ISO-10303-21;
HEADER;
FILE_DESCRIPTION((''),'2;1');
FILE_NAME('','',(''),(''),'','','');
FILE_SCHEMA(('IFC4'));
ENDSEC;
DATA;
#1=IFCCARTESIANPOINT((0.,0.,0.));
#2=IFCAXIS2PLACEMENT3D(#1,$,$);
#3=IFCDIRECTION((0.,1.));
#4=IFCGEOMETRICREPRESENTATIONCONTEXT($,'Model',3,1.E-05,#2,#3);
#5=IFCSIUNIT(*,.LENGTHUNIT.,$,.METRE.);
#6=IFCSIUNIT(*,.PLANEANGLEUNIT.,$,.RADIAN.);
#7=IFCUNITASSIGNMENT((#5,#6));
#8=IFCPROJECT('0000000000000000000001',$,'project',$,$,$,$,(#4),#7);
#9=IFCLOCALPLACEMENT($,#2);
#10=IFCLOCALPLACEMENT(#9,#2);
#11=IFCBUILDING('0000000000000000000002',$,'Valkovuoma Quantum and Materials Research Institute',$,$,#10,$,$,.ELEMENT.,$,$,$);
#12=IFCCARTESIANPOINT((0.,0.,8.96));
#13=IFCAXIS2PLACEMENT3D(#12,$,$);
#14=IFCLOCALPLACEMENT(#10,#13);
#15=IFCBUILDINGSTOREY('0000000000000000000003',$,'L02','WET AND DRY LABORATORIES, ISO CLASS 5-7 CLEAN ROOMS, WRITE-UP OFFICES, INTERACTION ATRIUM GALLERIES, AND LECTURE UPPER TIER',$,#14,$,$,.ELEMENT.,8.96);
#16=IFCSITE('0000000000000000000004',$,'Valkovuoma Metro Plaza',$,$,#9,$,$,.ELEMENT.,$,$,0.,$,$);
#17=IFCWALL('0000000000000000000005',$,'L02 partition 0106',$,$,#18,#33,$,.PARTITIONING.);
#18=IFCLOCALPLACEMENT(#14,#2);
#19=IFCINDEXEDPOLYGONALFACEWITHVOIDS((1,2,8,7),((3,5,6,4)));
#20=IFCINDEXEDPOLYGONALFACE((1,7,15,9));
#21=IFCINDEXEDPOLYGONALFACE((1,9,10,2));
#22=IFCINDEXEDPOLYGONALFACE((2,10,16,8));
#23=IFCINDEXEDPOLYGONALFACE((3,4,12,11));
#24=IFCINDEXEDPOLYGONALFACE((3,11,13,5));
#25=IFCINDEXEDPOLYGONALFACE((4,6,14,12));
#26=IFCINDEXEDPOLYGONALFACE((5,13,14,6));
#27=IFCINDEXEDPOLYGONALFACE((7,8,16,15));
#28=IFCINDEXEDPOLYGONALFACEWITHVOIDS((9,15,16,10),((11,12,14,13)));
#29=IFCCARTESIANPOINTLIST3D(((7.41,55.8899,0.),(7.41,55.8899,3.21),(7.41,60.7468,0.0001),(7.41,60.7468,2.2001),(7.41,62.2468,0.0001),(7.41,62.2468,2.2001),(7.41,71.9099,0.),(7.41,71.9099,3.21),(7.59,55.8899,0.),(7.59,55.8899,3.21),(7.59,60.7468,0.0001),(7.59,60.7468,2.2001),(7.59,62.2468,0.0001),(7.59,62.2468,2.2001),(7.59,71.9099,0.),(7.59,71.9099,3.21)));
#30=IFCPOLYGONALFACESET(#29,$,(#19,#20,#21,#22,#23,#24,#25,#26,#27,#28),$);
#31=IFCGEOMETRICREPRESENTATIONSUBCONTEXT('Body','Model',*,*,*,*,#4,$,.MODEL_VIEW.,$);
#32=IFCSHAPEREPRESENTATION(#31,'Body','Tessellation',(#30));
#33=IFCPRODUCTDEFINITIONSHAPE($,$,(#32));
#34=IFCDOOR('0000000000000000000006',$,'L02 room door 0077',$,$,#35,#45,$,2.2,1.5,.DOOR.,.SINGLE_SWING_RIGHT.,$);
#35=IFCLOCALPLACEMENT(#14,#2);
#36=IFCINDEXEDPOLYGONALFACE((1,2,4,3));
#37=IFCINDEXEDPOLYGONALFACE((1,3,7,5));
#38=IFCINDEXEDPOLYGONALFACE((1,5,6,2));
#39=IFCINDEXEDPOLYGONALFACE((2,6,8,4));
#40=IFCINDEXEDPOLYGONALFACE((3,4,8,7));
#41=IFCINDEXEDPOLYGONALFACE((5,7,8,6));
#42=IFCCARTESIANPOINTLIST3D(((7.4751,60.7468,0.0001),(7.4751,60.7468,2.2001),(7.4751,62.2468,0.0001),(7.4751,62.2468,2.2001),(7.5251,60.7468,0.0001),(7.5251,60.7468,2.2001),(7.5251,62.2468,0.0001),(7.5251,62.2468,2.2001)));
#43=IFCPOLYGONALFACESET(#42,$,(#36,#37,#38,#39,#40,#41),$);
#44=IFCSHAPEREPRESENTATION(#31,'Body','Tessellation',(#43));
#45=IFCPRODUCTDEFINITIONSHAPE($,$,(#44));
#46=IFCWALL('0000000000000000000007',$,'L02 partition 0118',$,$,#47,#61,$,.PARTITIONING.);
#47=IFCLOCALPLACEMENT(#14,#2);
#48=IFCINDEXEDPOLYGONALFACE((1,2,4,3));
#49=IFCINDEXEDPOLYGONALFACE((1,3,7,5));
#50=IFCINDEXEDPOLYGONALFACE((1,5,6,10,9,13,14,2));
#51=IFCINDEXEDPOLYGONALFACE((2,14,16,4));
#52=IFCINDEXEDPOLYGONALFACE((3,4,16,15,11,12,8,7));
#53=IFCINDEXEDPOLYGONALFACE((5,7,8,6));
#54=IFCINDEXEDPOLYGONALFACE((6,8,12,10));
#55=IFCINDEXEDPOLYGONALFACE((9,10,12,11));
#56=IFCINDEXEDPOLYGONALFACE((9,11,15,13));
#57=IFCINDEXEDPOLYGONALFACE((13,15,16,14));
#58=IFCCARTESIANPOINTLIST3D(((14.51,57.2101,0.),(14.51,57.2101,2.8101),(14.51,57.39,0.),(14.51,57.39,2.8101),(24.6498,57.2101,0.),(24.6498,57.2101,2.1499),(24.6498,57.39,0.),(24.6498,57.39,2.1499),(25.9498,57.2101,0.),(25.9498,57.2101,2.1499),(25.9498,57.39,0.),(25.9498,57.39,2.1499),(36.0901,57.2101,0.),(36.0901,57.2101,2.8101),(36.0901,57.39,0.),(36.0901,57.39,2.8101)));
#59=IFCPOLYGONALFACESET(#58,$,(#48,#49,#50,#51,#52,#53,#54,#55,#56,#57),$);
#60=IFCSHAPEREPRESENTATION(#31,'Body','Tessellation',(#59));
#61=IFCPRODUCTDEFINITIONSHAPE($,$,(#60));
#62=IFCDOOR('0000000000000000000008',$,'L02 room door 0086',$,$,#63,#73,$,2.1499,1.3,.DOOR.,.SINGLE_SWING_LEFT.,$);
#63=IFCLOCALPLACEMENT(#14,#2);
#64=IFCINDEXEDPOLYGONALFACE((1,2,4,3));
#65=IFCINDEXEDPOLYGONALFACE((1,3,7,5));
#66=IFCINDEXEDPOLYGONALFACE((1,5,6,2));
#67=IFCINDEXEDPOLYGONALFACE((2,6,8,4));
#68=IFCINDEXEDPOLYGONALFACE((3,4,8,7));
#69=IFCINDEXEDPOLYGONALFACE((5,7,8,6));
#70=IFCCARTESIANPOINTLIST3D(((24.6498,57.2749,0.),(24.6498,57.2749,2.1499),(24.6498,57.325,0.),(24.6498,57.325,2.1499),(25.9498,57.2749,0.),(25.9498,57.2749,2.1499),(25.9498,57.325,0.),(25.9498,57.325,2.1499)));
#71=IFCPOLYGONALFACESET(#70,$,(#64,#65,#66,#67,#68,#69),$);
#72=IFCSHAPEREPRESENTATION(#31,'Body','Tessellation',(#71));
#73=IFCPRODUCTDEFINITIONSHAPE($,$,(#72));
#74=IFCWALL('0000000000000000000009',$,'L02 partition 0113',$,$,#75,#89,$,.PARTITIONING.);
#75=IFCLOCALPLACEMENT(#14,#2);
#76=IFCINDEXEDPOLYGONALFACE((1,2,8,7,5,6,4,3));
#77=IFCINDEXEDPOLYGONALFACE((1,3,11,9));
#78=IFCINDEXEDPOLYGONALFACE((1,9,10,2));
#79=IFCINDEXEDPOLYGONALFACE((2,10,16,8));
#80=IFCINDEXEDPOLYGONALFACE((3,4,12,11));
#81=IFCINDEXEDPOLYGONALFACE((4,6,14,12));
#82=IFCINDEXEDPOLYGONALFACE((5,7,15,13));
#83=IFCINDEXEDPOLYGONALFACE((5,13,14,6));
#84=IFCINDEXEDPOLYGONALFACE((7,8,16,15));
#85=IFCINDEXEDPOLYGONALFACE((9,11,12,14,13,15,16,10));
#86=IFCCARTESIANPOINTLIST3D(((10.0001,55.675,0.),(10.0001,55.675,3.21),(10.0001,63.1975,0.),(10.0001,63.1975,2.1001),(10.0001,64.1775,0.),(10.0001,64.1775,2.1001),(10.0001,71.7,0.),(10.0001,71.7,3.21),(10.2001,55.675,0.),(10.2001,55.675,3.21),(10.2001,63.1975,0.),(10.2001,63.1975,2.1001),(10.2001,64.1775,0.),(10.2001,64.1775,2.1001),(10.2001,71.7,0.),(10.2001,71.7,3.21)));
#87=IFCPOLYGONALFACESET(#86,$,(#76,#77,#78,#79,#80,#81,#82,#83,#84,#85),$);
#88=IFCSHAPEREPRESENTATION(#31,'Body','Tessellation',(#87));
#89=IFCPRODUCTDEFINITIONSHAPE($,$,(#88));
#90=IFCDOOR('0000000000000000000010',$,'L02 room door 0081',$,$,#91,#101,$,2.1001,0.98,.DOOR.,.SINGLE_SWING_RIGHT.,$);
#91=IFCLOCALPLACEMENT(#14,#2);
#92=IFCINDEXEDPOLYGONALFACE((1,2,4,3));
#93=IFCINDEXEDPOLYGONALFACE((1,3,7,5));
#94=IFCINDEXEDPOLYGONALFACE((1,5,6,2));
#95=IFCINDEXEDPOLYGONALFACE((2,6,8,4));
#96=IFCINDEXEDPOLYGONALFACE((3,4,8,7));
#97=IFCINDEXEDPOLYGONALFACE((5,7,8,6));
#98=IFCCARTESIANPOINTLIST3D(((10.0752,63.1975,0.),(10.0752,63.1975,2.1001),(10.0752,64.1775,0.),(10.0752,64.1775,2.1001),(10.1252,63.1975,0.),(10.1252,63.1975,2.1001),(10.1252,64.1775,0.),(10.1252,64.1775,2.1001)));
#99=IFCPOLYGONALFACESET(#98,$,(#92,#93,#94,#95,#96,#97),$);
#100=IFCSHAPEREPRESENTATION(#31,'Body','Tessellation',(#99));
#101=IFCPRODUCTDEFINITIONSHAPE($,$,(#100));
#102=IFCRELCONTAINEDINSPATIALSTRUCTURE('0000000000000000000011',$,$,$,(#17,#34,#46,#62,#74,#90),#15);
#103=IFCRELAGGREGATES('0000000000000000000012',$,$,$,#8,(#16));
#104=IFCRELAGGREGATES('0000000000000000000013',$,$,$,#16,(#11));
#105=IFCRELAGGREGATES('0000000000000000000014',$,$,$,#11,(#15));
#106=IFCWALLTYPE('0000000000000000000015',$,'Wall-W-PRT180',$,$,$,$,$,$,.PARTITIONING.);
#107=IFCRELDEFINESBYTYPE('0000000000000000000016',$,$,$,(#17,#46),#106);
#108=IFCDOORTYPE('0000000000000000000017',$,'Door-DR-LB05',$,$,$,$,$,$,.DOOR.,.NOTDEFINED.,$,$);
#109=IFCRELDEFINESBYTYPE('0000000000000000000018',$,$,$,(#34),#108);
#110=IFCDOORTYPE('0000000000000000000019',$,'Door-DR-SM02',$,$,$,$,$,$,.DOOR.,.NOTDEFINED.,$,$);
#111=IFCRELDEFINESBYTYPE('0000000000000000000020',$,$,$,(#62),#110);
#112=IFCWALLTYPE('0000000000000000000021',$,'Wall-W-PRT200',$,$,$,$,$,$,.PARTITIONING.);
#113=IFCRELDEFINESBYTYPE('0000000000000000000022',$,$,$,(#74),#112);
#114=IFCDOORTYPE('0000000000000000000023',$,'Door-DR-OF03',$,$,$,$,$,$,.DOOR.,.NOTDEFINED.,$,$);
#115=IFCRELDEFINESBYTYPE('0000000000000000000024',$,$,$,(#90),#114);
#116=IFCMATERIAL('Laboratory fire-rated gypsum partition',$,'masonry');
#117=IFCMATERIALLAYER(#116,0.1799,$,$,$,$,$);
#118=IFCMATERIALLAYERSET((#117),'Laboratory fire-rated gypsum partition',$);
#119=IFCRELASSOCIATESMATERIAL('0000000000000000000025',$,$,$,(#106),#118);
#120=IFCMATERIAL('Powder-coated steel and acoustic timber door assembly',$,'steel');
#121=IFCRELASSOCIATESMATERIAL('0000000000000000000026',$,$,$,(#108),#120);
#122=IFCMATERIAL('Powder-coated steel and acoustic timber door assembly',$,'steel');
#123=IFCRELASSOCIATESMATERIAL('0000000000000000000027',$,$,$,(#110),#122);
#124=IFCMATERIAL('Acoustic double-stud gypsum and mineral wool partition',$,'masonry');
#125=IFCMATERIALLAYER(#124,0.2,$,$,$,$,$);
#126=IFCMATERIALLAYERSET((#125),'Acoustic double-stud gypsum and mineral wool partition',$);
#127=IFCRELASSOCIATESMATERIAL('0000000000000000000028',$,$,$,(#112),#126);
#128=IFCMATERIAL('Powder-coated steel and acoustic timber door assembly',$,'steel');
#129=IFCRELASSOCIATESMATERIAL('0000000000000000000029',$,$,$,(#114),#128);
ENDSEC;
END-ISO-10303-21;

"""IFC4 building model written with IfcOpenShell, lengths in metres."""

from ifc_helpers import new_model, si_unit, direction, frame, frame_2d, origin, place, context, subcontext, project, spatial, rectangle, extrude, material, layer, layer_set, type_object, element, fill, save


model = new_model("IFC4")

# Units and contexts
model_context = context("Model", 3, precision=1e-05, world=origin(), true_north=direction((0.0, 1.0)))
body_context = subcontext(model_context, "Body", "Model", "MODEL_VIEW")
ifc_project = project(units=[si_unit("LENGTHUNIT", "METRE"), si_unit("PLANEANGLEUNIT", "RADIAN")], contexts=[model_context])

# Site, building, storey
site_placement = place(None, origin())
site = spatial("IfcSite", under=ifc_project, at=site_placement, Name="Valkovuoma Metro Plaza", CompositionType="ELEMENT", RefElevation=0.0)
building_placement = place(site_placement, origin())
building = spatial("IfcBuilding", under=site, at=building_placement, Name="Valkovuoma Quantum and Materials Research Institute", CompositionType="ELEMENT")
storey_placement = place(building_placement, frame((0.0, 0.0, 8.96)))
storey = spatial("IfcBuildingStorey", under=building, at=storey_placement, Name="L02", Description="WET AND DRY LABORATORIES, ISO CLASS 5-7 CLEAN ROOMS, WRITE-UP OFFICES, INTERACTION ATRIUM GALLERIES, AND LECTURE UPPER TIER", CompositionType="ELEMENT", Elevation=8.96)

# Shared definitions
ifc_material_1 = material(Name="Laboratory fire-rated gypsum partition", Category="masonry")
ifc_layer_1 = layer(ifc_material_1, 0.1799)
ifc_layer_set_1 = layer_set([ifc_layer_1], Name="Laboratory fire-rated gypsum partition")
wall_type_1 = type_object("IfcWallType", Name="Wall-W-PRT180", PredefinedType="PARTITIONING", material=ifc_layer_set_1)

# Walls, openings, doors
wall_1_placement = place(storey_placement, frame((7.5, 55.8899, 0.0), z_axis=(0.0, 0.0, 1.0), x_axis=(0.0, 1.0, 0.0)))
wall_1 = element("IfcWall", 1, at=wall_1_placement, inside=storey, type_object=wall_type_1, Name="L02 partition 0106", PredefinedType="PARTITIONING", context=body_context, shape_type="SweptSolid", body=[
    extrude(rectangle(XDim=16.02, YDim=0.1799, at=frame_2d((8.01, 0.0))), origin(), (0.0, 0.0, 1.0), 3.21),
])
opening_1_placement = place(wall_1_placement, frame((4.8569, 0.0, 0.0)))
opening_1 = element("IfcOpeningElement", 2, at=opening_1_placement, cuts=wall_1, PredefinedType="OPENING", context=body_context, shape_type="SweptSolid", body=[
    extrude(rectangle(XDim=1.5, YDim=2.2, at=frame_2d((0.75, 1.1001))), frame((0.0, 0.1001, 0.0), z_axis=(0.0, -1.0, 0.0), x_axis=(1.0, 0.0, 0.0)), (0.0, 0.0, 1.0), 0.2),
])
ifc_material_2 = material(Name="Powder-coated steel and acoustic timber door assembly", Category="steel")
door_type_1 = type_object("IfcDoorType", Name="Door-DR-LB05", OperationType="NOTDEFINED", PredefinedType="DOOR", material=ifc_material_2)
door_1_placement = place(opening_1_placement, origin())
door_1 = element("IfcDoor", 3, at=door_1_placement, inside=storey, type_object=door_type_1, Name="L02 room door 0077", OperationType="SINGLE_SWING_RIGHT", OverallHeight=2.2, OverallWidth=1.5, PredefinedType="DOOR", context=body_context, shape_type="SweptSolid", body=[
    extrude(rectangle(XDim=1.5, YDim=2.2, at=frame_2d((0.75, 1.1001))), frame((0.0, 0.0249, 0.0), z_axis=(0.0, -1.0, 0.0), x_axis=(1.0, 0.0, 0.0)), (0.0, 0.0, 1.0), 0.05),
])
fill(opening_1, door_1)
wall_2_placement = place(storey_placement, frame((14.51, 57.3, 0.0), z_axis=(0.0, 0.0, 1.0), x_axis=(1.0, 0.0, 0.0)))
wall_2 = element("IfcWall", 4, at=wall_2_placement, inside=storey, type_object=wall_type_1, Name="L02 partition 0118", PredefinedType="PARTITIONING", context=body_context, shape_type="SweptSolid", body=[
    extrude(rectangle(XDim=21.5801, YDim=0.1799, at=frame_2d((10.79, 0.0))), origin(), (0.0, 0.0, 1.0), 2.8101),
])
opening_2_placement = place(wall_2_placement, frame((10.1399, 0.0, 0.0)))
opening_2 = element("IfcOpeningElement", 5, at=opening_2_placement, cuts=wall_2, PredefinedType="OPENING", context=body_context, shape_type="SweptSolid", body=[
    extrude(rectangle(XDim=1.3, YDim=2.1499, at=frame_2d((0.6499, 1.075))), frame((0.0, 0.1001, 0.0), z_axis=(0.0, -1.0, 0.0), x_axis=(1.0, 0.0, 0.0)), (0.0, 0.0, 1.0), 0.2),
])
ifc_material_3 = material(Name="Powder-coated steel and acoustic timber door assembly", Category="steel")
door_type_2 = type_object("IfcDoorType", Name="Door-DR-SM02", OperationType="NOTDEFINED", PredefinedType="DOOR", material=ifc_material_3)
door_2_placement = place(opening_2_placement, origin())
door_2 = element("IfcDoor", 6, at=door_2_placement, inside=storey, type_object=door_type_2, Name="L02 room door 0086", OperationType="SINGLE_SWING_LEFT", OverallHeight=2.1499, OverallWidth=1.3, PredefinedType="DOOR", context=body_context, shape_type="SweptSolid", body=[
    extrude(rectangle(XDim=1.3, YDim=2.1499, at=frame_2d((0.6499, 1.075))), frame((0.0, 0.0249, 0.0), z_axis=(0.0, -1.0, 0.0), x_axis=(1.0, 0.0, 0.0)), (0.0, 0.0, 1.0), 0.05),
])
fill(opening_2, door_2)
ifc_material_4 = material(Name="Acoustic double-stud gypsum and mineral wool partition", Category="masonry")
ifc_layer_2 = layer(ifc_material_4, 0.2)
ifc_layer_set_2 = layer_set([ifc_layer_2], Name="Acoustic double-stud gypsum and mineral wool partition")
wall_type_2 = type_object("IfcWallType", Name="Wall-W-PRT200", PredefinedType="PARTITIONING", material=ifc_layer_set_2)
wall_3_placement = place(storey_placement, frame((10.1001, 55.675, 0.0), z_axis=(0.0, 0.0, 1.0), x_axis=(0.0, 1.0, 0.0)))
wall_3 = element("IfcWall", 7, at=wall_3_placement, inside=storey, type_object=wall_type_2, Name="L02 partition 0113", PredefinedType="PARTITIONING", context=body_context, shape_type="SweptSolid", body=[
    extrude(rectangle(XDim=16.0249, YDim=0.2, at=frame_2d((8.0125, 0.0))), origin(), (0.0, 0.0, 1.0), 3.21),
])
opening_3_placement = place(wall_3_placement, frame((7.5225, 0.0, 0.0)))
opening_3 = element("IfcOpeningElement", 8, at=opening_3_placement, cuts=wall_3, PredefinedType="OPENING", context=body_context, shape_type="SweptSolid", body=[
    extrude(rectangle(XDim=0.98, YDim=2.1001, at=frame_2d((0.49, 1.05))), frame((0.0, 0.1099, 0.0), z_axis=(0.0, -1.0, 0.0), x_axis=(1.0, 0.0, 0.0)), (0.0, 0.0, 1.0), 0.22),
])
ifc_material_5 = material(Name="Powder-coated steel and acoustic timber door assembly", Category="steel")
door_type_3 = type_object("IfcDoorType", Name="Door-DR-OF03", OperationType="NOTDEFINED", PredefinedType="DOOR", material=ifc_material_5)
door_3_placement = place(opening_3_placement, origin())
door_3 = element("IfcDoor", 9, at=door_3_placement, inside=storey, type_object=door_type_3, Name="L02 room door 0081", OperationType="SINGLE_SWING_RIGHT", OverallHeight=2.1001, OverallWidth=0.98, PredefinedType="DOOR", context=body_context, shape_type="SweptSolid", body=[
    extrude(rectangle(XDim=0.98, YDim=2.1001, at=frame_2d((0.49, 1.05))), frame((0.0, 0.0249, 0.0), z_axis=(0.0, -1.0, 0.0), x_axis=(1.0, 0.0, 0.0)), (0.0, 0.0, 1.0), 0.05),
])
fill(opening_3, door_3)

save(model, "model.ifc")
